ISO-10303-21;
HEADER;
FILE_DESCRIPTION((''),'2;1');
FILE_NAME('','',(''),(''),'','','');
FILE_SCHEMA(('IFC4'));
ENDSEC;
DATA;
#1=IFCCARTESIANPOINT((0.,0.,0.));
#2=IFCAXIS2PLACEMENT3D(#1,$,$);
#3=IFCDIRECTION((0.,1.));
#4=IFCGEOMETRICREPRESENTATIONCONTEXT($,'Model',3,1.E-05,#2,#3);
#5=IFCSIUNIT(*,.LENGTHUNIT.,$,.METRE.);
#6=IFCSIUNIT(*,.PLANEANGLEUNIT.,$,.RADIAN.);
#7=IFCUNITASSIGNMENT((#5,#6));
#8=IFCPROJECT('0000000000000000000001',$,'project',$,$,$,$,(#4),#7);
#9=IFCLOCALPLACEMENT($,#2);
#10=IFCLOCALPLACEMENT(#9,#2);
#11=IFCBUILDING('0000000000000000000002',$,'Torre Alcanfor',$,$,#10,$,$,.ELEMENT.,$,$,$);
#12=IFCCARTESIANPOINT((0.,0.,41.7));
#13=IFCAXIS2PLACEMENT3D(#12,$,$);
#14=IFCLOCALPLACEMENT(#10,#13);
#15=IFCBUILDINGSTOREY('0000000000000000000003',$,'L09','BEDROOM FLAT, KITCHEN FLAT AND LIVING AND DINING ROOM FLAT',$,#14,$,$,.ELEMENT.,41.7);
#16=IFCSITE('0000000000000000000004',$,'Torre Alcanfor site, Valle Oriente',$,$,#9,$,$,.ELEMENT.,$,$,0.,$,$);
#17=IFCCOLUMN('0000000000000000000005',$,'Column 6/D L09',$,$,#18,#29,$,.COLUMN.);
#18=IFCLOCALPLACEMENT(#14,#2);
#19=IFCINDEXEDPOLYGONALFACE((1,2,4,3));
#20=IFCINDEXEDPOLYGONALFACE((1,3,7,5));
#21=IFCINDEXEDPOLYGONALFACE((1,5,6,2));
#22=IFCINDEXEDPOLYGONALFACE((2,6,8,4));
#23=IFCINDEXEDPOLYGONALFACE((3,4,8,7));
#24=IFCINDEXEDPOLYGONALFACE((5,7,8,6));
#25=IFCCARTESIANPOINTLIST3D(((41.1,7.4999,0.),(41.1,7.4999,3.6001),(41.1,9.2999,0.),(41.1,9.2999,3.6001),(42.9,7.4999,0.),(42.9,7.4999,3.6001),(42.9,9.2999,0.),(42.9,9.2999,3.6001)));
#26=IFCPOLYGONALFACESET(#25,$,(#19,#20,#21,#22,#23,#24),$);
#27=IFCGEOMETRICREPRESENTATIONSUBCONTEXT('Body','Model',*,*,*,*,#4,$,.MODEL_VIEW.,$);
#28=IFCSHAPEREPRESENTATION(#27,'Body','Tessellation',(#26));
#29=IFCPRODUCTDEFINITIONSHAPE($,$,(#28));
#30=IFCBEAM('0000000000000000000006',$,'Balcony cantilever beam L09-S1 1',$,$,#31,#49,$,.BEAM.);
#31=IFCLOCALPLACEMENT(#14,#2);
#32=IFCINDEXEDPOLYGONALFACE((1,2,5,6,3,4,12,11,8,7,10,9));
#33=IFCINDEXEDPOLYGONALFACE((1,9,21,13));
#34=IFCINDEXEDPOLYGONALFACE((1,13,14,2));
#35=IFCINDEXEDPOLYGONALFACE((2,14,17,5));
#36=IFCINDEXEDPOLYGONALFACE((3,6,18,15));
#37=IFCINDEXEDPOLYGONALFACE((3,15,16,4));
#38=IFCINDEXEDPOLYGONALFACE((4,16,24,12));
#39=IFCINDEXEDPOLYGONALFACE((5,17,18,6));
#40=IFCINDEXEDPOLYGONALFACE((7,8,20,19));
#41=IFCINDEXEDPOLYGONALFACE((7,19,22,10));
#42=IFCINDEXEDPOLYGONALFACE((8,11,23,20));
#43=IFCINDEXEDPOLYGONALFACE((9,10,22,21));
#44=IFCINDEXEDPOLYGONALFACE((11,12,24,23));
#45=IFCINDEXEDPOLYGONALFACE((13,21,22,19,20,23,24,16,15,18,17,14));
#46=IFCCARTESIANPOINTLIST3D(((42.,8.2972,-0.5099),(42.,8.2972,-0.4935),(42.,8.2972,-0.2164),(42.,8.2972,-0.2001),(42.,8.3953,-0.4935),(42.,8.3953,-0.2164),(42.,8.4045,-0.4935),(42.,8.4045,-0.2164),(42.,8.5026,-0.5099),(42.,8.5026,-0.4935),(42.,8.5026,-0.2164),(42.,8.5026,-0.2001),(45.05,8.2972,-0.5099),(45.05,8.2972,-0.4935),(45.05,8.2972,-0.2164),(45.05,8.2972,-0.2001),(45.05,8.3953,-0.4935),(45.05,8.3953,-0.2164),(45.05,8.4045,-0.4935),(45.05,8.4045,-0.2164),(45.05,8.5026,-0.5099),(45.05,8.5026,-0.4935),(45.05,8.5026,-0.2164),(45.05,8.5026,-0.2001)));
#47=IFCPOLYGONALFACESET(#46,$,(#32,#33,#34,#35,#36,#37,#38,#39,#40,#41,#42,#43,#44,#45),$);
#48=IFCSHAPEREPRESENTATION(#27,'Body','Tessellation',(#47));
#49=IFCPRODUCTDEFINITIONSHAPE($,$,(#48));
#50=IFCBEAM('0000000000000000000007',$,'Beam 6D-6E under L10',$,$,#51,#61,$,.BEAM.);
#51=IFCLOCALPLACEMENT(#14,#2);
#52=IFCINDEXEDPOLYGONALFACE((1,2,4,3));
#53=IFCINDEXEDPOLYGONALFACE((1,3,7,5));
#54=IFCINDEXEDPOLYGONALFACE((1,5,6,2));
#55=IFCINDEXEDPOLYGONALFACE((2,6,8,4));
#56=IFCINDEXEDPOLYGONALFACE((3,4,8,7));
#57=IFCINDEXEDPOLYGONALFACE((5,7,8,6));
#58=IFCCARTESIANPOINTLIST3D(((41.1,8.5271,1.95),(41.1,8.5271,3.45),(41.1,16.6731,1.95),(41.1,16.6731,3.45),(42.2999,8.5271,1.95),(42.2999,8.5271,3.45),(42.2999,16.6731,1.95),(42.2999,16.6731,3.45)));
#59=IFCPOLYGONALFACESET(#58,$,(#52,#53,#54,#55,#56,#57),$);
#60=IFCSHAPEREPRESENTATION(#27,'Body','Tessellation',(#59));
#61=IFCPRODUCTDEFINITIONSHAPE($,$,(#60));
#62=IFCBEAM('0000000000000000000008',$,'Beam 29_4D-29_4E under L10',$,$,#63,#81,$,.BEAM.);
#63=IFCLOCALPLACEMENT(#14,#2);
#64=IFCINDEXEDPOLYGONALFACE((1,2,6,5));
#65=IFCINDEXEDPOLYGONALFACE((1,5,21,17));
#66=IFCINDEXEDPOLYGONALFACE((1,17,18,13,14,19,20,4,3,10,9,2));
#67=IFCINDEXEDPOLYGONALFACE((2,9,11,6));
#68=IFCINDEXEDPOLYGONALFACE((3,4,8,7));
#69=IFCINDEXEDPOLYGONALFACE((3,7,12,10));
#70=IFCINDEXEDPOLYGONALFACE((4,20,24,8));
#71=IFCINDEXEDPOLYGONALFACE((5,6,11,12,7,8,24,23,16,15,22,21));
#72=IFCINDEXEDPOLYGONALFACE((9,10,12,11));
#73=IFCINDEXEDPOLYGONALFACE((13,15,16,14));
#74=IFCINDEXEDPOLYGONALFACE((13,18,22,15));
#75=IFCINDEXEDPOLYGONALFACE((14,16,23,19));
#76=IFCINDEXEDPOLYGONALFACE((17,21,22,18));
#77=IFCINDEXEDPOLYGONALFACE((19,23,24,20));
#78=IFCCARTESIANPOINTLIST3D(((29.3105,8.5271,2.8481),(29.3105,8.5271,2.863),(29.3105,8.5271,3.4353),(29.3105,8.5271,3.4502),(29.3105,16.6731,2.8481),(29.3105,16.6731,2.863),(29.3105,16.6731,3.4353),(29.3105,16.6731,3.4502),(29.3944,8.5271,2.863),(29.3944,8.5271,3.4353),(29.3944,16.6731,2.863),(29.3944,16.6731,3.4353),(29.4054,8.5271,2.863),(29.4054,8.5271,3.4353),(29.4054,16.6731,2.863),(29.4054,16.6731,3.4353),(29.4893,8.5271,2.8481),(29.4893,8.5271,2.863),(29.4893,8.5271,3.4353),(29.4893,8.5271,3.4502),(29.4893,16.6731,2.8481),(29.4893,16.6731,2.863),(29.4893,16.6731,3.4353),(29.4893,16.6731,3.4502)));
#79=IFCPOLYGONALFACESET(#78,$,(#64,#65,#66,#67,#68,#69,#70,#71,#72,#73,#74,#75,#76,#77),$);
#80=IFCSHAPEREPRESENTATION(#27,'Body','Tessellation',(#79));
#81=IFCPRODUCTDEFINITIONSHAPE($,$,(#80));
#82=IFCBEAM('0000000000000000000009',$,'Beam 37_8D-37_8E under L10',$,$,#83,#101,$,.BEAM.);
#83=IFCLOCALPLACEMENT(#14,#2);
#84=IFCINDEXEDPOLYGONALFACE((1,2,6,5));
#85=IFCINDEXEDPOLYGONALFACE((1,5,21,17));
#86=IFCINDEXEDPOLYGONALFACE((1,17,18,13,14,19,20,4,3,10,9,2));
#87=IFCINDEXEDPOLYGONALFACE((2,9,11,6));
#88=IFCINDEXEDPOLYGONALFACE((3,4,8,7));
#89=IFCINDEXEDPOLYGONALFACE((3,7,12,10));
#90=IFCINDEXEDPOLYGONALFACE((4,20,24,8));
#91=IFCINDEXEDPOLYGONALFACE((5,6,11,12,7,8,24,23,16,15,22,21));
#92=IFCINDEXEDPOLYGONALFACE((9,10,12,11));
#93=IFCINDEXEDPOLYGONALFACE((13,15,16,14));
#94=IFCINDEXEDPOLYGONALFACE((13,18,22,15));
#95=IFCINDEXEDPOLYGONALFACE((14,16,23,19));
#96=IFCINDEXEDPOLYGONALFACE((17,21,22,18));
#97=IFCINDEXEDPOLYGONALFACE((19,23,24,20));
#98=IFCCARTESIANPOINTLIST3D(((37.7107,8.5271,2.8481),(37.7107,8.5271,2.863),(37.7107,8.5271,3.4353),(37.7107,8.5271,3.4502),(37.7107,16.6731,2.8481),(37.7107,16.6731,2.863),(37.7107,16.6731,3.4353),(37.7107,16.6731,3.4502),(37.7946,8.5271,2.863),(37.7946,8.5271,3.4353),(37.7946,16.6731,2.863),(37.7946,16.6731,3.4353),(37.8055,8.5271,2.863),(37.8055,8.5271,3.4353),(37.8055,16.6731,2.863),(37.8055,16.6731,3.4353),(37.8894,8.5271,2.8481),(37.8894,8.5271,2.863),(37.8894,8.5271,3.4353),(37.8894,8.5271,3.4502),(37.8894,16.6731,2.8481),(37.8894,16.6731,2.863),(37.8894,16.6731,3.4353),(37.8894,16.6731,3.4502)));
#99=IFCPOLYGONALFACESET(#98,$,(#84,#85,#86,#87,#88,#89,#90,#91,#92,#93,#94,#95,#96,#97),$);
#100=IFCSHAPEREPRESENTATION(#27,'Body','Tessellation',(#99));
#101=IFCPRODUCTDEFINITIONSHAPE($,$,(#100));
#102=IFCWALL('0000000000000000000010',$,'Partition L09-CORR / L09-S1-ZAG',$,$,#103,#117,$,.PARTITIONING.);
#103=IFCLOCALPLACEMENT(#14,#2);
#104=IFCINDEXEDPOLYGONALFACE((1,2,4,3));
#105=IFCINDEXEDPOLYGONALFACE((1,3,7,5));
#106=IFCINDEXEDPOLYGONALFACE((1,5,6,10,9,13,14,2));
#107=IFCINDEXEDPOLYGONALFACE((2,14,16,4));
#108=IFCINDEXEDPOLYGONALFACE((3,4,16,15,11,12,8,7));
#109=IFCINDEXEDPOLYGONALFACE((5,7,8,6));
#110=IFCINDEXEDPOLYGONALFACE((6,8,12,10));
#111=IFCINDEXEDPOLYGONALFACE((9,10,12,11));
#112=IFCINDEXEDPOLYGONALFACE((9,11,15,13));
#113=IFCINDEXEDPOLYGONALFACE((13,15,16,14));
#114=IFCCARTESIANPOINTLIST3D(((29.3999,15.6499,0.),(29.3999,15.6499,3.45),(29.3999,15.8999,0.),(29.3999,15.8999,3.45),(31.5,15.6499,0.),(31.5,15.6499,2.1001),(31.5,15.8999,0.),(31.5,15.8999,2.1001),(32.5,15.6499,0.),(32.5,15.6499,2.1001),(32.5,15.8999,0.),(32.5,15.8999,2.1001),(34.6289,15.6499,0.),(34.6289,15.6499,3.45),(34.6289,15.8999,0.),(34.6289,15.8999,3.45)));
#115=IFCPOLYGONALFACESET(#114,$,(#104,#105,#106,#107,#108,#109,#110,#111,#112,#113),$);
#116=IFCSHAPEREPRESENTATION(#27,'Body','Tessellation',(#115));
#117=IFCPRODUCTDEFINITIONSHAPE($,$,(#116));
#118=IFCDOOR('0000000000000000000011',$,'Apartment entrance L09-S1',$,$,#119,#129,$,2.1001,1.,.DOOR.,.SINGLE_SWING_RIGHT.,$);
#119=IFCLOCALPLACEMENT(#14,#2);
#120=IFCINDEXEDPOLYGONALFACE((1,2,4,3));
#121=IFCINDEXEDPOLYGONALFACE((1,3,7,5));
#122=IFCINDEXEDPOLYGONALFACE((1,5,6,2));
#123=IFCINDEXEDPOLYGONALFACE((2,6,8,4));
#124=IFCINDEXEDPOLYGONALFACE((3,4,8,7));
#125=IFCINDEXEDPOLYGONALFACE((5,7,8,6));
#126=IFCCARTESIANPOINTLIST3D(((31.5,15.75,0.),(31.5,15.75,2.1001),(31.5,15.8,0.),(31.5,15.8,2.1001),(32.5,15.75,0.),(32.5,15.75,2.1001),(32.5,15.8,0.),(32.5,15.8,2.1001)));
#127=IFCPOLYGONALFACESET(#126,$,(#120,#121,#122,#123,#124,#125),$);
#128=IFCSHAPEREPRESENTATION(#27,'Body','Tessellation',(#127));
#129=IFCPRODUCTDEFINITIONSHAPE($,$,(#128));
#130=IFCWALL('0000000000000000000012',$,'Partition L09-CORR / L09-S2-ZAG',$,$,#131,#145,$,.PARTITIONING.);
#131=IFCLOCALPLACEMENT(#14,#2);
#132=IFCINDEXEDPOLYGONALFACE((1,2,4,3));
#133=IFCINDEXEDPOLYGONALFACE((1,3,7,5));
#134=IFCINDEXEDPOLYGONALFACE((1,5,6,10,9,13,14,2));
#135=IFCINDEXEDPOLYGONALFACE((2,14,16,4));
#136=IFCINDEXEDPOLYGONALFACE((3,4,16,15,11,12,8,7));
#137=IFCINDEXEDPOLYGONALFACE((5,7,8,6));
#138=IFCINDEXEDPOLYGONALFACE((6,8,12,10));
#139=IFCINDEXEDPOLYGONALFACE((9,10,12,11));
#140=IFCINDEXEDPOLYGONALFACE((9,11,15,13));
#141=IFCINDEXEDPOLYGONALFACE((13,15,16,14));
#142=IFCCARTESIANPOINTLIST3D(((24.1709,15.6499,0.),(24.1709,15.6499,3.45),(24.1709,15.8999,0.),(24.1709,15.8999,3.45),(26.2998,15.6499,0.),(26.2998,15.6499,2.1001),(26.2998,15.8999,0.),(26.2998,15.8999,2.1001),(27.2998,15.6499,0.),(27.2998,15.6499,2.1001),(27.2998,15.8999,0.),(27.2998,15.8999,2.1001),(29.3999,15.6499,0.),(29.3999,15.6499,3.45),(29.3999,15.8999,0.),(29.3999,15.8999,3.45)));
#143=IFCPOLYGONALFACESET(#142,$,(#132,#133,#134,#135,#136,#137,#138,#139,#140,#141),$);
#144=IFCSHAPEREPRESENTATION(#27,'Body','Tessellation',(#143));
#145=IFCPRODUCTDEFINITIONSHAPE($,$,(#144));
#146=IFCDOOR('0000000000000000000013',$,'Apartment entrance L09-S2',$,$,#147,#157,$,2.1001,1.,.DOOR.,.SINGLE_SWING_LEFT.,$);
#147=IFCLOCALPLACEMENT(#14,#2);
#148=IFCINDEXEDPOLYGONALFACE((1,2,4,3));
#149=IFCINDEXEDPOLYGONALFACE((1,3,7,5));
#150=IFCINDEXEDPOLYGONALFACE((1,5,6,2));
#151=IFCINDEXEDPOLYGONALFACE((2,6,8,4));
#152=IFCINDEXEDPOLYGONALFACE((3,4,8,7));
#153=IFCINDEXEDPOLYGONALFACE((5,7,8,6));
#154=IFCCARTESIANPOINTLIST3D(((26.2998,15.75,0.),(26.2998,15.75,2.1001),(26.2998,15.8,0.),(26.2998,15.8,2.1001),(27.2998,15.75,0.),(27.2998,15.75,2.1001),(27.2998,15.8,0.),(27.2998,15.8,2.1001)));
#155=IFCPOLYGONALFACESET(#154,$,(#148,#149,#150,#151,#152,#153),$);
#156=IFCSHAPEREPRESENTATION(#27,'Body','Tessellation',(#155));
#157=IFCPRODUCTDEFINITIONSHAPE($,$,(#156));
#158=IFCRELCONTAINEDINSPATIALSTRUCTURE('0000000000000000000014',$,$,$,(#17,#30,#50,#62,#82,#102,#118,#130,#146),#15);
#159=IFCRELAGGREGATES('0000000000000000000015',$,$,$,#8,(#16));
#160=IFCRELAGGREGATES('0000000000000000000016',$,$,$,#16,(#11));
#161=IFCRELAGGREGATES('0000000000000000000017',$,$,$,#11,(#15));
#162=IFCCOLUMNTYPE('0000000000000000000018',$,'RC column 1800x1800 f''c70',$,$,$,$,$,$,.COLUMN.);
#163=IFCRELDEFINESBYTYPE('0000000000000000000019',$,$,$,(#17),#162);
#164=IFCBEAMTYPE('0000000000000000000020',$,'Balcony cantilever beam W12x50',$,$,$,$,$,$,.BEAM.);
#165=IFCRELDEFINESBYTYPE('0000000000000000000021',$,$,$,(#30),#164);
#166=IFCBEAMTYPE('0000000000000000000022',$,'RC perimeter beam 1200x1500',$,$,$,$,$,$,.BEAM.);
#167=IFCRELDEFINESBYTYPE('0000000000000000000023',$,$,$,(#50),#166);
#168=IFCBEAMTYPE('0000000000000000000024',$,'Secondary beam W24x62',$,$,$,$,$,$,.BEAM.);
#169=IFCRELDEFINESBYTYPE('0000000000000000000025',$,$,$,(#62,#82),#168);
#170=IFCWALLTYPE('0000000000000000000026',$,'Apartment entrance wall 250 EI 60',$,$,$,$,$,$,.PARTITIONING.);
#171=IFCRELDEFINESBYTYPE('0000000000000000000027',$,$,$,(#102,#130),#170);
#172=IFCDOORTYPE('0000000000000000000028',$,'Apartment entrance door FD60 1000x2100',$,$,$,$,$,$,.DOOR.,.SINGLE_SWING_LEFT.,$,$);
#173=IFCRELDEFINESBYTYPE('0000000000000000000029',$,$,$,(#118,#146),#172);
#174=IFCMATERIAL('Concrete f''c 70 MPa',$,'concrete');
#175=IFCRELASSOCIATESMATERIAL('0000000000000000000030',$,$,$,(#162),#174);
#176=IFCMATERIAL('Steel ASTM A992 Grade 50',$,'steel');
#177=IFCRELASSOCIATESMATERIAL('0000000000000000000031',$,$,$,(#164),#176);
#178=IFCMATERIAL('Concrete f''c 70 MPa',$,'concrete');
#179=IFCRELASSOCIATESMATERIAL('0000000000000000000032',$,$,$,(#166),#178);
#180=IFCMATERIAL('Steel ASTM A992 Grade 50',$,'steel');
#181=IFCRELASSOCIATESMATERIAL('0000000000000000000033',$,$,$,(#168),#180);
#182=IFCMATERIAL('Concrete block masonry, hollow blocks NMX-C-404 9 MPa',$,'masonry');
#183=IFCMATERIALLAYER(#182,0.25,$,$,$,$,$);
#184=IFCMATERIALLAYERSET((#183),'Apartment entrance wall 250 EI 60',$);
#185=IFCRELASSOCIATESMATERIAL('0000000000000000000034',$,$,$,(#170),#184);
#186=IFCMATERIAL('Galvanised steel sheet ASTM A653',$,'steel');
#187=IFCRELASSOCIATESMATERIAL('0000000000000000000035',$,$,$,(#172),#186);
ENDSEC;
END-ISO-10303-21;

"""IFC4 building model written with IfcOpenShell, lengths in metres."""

from ifc_helpers import new_model, si_unit, direction, frame, frame_2d, origin, origin_2d, place, context, subcontext, project, spatial, rectangle, i_section, extrude, material, layer, layer_set, material_profile, profile_set, type_object, element, fill, save


model = new_model("IFC4")

# Units and contexts
model_context = context("Model", 3, precision=1e-05, world=origin(), true_north=direction((0.0, 1.0)))
body_context = subcontext(model_context, "Body", "Model", "MODEL_VIEW")
ifc_project = project(units=[si_unit("LENGTHUNIT", "METRE"), si_unit("PLANEANGLEUNIT", "RADIAN")], contexts=[model_context])

# Site, building, storey
site_placement = place(None, origin())
site = spatial("IfcSite", under=ifc_project, at=site_placement, Name="Torre Alcanfor site, Valle Oriente", CompositionType="ELEMENT", RefElevation=0.0)
building_placement = place(site_placement, origin())
building = spatial("IfcBuilding", under=site, at=building_placement, Name="Torre Alcanfor", CompositionType="ELEMENT")
storey_placement = place(building_placement, frame((0.0, 0.0, 41.7)))
storey = spatial("IfcBuildingStorey", under=building, at=storey_placement, Name="L09", Description="BEDROOM FLAT, KITCHEN FLAT AND LIVING AND DINING ROOM FLAT", CompositionType="ELEMENT", Elevation=41.7)

# Column
ifc_material_1 = material(Name="Concrete f'c 70 MPa", Category="concrete")
ifc_material_profile_1 = material_profile(ifc_material_1, rectangle(XDim=1.8, YDim=1.8, at=origin_2d()), Name="1800x1800")
ifc_profile_set_1 = profile_set([ifc_material_profile_1], Name="Concrete f'c 70 MPa")
column_type = type_object("IfcColumnType", Name="RC column 1800x1800 f'c70", PredefinedType="COLUMN", material=ifc_profile_set_1)
column_placement = place(storey_placement, frame((42.0, 8.3999, 0.0), z_axis=(0.0, 0.0, 1.0), x_axis=(1.0, 0.0, 0.0)))
element("IfcColumn", 1, at=column_placement, inside=storey, type_object=column_type, Name="Column 6/D L09", PredefinedType="COLUMN", context=body_context, shape_type="SweptSolid", body=[
    extrude(rectangle(XDim=1.8, YDim=1.8, at=origin_2d()), origin(), (0.0, 0.0, 1.0), 3.6001),
])

# Beams
ifc_material_2 = material(Name="Steel ASTM A992 Grade 50", Category="steel")
ifc_material_profile_2 = material_profile(ifc_material_2, i_section(OverallWidth=0.2053, OverallDepth=0.3098, WebThickness=0.0093, FlangeThickness=0.0164, at=origin_2d()), Name="W12x50")
ifc_profile_set_2 = profile_set([ifc_material_profile_2], Name="Steel ASTM A992 Grade 50")
beam_type_1 = type_object("IfcBeamType", Name="Balcony cantilever beam W12x50", PredefinedType="BEAM", material=ifc_profile_set_2)
beam_1_placement = place(storey_placement, frame((42.0, 8.3999, -0.355), z_axis=(1.0, 0.0, 0.0), x_axis=(0.0, 1.0, 0.0)))
element("IfcBeam", 2, at=beam_1_placement, inside=storey, type_object=beam_type_1, Name="Balcony cantilever beam L09-S1 1", PredefinedType="BEAM", context=body_context, shape_type="SweptSolid", body=[
    extrude(i_section(OverallWidth=0.2053, OverallDepth=0.3098, WebThickness=0.0093, FlangeThickness=0.0164, at=origin_2d()), origin(), (0.0, 0.0, 1.0), 3.05),
])
ifc_material_3 = material(Name="Concrete f'c 70 MPa", Category="concrete")
ifc_material_profile_3 = material_profile(ifc_material_3, rectangle(XDim=1.2, YDim=1.5, at=origin_2d()), Name="1200x1500")
ifc_profile_set_3 = profile_set([ifc_material_profile_3], Name="Concrete f'c 70 MPa")
beam_type_2 = type_object("IfcBeamType", Name="RC perimeter beam 1200x1500", PredefinedType="BEAM", material=ifc_profile_set_3)
beam_2_placement = place(storey_placement, frame((41.7, 8.5271, 2.7), z_axis=(0.0, 1.0, 0.0), x_axis=(-1.0, 0.0, 0.0)))
element("IfcBeam", 3, at=beam_2_placement, inside=storey, type_object=beam_type_2, Name="Beam 6D-6E under L10", PredefinedType="BEAM", context=body_context, shape_type="SweptSolid", body=[
    extrude(rectangle(XDim=1.2, YDim=1.5, at=origin_2d()), origin(), (0.0, 0.0, 1.0), 8.146),
])
ifc_material_4 = material(Name="Steel ASTM A992 Grade 50", Category="steel")
ifc_material_profile_4 = material_profile(ifc_material_4, i_section(OverallWidth=0.1787, OverallDepth=0.6021, WebThickness=0.011, FlangeThickness=0.0149, at=origin_2d()), Name="W24x62")
ifc_profile_set_4 = profile_set([ifc_material_profile_4], Name="Steel ASTM A992 Grade 50")
beam_type_3 = type_object("IfcBeamType", Name="Secondary beam W24x62", PredefinedType="BEAM", material=ifc_profile_set_4)
for number, where, z_axis, x_axis, name in (
    (4, (29.3999, 8.5271, 3.1492), (0.0, 1.0, 0.0), (-1.0, 0.0, 0.0), "Beam 29_4D-29_4E under L10"),
    (5, (37.8, 8.5271, 3.1492), (0.0, 1.0, 0.0), (-1.0, 0.0, 0.0), "Beam 37_8D-37_8E under L10"),
):
    element("IfcBeam", number, at=place(storey_placement, frame(where, z_axis=z_axis, x_axis=x_axis)), inside=storey, type_object=beam_type_3, Name=name, PredefinedType="BEAM", context=body_context, shape_type="SweptSolid", body=[
        extrude(i_section(OverallWidth=0.1787, OverallDepth=0.6021, WebThickness=0.011, FlangeThickness=0.0149, at=origin_2d()), origin(), (0.0, 0.0, 1.0), 8.146),
    ])

# Walls, openings, doors
ifc_material_5 = material(Name="Concrete block masonry, hollow blocks NMX-C-404 9 MPa", Category="masonry")
ifc_layer_1 = layer(ifc_material_5, 0.25)
ifc_layer_set_1 = layer_set([ifc_layer_1], Name="Apartment entrance wall 250 EI 60")
wall_type_1 = type_object("IfcWallType", Name="Apartment entrance wall 250 EI 60", PredefinedType="PARTITIONING", material=ifc_layer_set_1)
wall_1_placement = place(storey_placement, frame((34.6289, 15.7749, 0.0), z_axis=(0.0, 0.0, 1.0), x_axis=(-1.0, 0.0, 0.0)))
wall_1 = element("IfcWall", 6, at=wall_1_placement, inside=storey, type_object=wall_type_1, Name="Partition L09-CORR / L09-S1-ZAG", PredefinedType="PARTITIONING", context=body_context, shape_type="SweptSolid", body=[
    extrude(rectangle(XDim=5.229, YDim=0.25, at=frame_2d((2.6145, 0.0))), origin(), (0.0, 0.0, 1.0), 3.45),
])
opening_1_placement = place(wall_1_placement, frame((2.1289, 0.0, 0.0)))
opening_1 = element("IfcOpeningElement", 7, at=opening_1_placement, cuts=wall_1, PredefinedType="OPENING", context=body_context, shape_type="SweptSolid", body=[
    extrude(rectangle(XDim=1.0, YDim=2.1001, at=frame_2d((0.5, 1.05))), frame((0.0, 0.135, 0.0), z_axis=(0.0, -1.0, 0.0), x_axis=(1.0, 0.0, 0.0)), (0.0, 0.0, 1.0), 0.27),
])
ifc_material_6 = material(Name="Galvanised steel sheet ASTM A653", Category="steel")
door_type_1 = type_object("IfcDoorType", Name="Apartment entrance door FD60 1000x2100", OperationType="SINGLE_SWING_LEFT", PredefinedType="DOOR", material=ifc_material_6)
door_1_placement = place(opening_1_placement, origin())
door_1 = element("IfcDoor", 8, at=door_1_placement, inside=storey, type_object=door_type_1, Name="Apartment entrance L09-S1", OperationType="SINGLE_SWING_RIGHT", OverallHeight=2.1001, OverallWidth=1.0, PredefinedType="DOOR", context=body_context, shape_type="SweptSolid", body=[
    extrude(rectangle(XDim=1.0, YDim=2.1001, at=frame_2d((0.5, 1.05))), frame((0.0, 0.0249, 0.0), z_axis=(0.0, -1.0, 0.0), x_axis=(1.0, 0.0, 0.0)), (0.0, 0.0, 1.0), 0.05),
])
fill(opening_1, door_1)
wall_2_placement = place(storey_placement, frame((29.3999, 15.7749, 0.0), z_axis=(0.0, 0.0, 1.0), x_axis=(-1.0, 0.0, 0.0)))
wall_2 = element("IfcWall", 9, at=wall_2_placement, inside=storey, type_object=wall_type_1, Name="Partition L09-CORR / L09-S2-ZAG", PredefinedType="PARTITIONING", context=body_context, shape_type="SweptSolid", body=[
    extrude(rectangle(XDim=5.229, YDim=0.25, at=frame_2d((2.6145, 0.0))), origin(), (0.0, 0.0, 1.0), 3.45),
])
opening_2_placement = place(wall_2_placement, frame((2.1001, 0.0, 0.0)))
opening_2 = element("IfcOpeningElement", 10, at=opening_2_placement, cuts=wall_2, PredefinedType="OPENING", context=body_context, shape_type="SweptSolid", body=[
    extrude(rectangle(XDim=1.0, YDim=2.1001, at=frame_2d((0.5, 1.05))), frame((0.0, 0.135, 0.0), z_axis=(0.0, -1.0, 0.0), x_axis=(1.0, 0.0, 0.0)), (0.0, 0.0, 1.0), 0.27),
])
door_2_placement = place(opening_2_placement, origin())
door_2 = element("IfcDoor", 11, at=door_2_placement, inside=storey, type_object=door_type_1, Name="Apartment entrance L09-S2", OperationType="SINGLE_SWING_LEFT", OverallHeight=2.1001, OverallWidth=1.0, PredefinedType="DOOR", context=body_context, shape_type="SweptSolid", body=[
    extrude(rectangle(XDim=1.0, YDim=2.1001, at=frame_2d((0.5, 1.05))), frame((0.0, 0.0249, 0.0), z_axis=(0.0, -1.0, 0.0), x_axis=(1.0, 0.0, 0.0)), (0.0, 0.0, 1.0), 0.05),
])
fill(opening_2, door_2)

save(model, "model.ifc")
